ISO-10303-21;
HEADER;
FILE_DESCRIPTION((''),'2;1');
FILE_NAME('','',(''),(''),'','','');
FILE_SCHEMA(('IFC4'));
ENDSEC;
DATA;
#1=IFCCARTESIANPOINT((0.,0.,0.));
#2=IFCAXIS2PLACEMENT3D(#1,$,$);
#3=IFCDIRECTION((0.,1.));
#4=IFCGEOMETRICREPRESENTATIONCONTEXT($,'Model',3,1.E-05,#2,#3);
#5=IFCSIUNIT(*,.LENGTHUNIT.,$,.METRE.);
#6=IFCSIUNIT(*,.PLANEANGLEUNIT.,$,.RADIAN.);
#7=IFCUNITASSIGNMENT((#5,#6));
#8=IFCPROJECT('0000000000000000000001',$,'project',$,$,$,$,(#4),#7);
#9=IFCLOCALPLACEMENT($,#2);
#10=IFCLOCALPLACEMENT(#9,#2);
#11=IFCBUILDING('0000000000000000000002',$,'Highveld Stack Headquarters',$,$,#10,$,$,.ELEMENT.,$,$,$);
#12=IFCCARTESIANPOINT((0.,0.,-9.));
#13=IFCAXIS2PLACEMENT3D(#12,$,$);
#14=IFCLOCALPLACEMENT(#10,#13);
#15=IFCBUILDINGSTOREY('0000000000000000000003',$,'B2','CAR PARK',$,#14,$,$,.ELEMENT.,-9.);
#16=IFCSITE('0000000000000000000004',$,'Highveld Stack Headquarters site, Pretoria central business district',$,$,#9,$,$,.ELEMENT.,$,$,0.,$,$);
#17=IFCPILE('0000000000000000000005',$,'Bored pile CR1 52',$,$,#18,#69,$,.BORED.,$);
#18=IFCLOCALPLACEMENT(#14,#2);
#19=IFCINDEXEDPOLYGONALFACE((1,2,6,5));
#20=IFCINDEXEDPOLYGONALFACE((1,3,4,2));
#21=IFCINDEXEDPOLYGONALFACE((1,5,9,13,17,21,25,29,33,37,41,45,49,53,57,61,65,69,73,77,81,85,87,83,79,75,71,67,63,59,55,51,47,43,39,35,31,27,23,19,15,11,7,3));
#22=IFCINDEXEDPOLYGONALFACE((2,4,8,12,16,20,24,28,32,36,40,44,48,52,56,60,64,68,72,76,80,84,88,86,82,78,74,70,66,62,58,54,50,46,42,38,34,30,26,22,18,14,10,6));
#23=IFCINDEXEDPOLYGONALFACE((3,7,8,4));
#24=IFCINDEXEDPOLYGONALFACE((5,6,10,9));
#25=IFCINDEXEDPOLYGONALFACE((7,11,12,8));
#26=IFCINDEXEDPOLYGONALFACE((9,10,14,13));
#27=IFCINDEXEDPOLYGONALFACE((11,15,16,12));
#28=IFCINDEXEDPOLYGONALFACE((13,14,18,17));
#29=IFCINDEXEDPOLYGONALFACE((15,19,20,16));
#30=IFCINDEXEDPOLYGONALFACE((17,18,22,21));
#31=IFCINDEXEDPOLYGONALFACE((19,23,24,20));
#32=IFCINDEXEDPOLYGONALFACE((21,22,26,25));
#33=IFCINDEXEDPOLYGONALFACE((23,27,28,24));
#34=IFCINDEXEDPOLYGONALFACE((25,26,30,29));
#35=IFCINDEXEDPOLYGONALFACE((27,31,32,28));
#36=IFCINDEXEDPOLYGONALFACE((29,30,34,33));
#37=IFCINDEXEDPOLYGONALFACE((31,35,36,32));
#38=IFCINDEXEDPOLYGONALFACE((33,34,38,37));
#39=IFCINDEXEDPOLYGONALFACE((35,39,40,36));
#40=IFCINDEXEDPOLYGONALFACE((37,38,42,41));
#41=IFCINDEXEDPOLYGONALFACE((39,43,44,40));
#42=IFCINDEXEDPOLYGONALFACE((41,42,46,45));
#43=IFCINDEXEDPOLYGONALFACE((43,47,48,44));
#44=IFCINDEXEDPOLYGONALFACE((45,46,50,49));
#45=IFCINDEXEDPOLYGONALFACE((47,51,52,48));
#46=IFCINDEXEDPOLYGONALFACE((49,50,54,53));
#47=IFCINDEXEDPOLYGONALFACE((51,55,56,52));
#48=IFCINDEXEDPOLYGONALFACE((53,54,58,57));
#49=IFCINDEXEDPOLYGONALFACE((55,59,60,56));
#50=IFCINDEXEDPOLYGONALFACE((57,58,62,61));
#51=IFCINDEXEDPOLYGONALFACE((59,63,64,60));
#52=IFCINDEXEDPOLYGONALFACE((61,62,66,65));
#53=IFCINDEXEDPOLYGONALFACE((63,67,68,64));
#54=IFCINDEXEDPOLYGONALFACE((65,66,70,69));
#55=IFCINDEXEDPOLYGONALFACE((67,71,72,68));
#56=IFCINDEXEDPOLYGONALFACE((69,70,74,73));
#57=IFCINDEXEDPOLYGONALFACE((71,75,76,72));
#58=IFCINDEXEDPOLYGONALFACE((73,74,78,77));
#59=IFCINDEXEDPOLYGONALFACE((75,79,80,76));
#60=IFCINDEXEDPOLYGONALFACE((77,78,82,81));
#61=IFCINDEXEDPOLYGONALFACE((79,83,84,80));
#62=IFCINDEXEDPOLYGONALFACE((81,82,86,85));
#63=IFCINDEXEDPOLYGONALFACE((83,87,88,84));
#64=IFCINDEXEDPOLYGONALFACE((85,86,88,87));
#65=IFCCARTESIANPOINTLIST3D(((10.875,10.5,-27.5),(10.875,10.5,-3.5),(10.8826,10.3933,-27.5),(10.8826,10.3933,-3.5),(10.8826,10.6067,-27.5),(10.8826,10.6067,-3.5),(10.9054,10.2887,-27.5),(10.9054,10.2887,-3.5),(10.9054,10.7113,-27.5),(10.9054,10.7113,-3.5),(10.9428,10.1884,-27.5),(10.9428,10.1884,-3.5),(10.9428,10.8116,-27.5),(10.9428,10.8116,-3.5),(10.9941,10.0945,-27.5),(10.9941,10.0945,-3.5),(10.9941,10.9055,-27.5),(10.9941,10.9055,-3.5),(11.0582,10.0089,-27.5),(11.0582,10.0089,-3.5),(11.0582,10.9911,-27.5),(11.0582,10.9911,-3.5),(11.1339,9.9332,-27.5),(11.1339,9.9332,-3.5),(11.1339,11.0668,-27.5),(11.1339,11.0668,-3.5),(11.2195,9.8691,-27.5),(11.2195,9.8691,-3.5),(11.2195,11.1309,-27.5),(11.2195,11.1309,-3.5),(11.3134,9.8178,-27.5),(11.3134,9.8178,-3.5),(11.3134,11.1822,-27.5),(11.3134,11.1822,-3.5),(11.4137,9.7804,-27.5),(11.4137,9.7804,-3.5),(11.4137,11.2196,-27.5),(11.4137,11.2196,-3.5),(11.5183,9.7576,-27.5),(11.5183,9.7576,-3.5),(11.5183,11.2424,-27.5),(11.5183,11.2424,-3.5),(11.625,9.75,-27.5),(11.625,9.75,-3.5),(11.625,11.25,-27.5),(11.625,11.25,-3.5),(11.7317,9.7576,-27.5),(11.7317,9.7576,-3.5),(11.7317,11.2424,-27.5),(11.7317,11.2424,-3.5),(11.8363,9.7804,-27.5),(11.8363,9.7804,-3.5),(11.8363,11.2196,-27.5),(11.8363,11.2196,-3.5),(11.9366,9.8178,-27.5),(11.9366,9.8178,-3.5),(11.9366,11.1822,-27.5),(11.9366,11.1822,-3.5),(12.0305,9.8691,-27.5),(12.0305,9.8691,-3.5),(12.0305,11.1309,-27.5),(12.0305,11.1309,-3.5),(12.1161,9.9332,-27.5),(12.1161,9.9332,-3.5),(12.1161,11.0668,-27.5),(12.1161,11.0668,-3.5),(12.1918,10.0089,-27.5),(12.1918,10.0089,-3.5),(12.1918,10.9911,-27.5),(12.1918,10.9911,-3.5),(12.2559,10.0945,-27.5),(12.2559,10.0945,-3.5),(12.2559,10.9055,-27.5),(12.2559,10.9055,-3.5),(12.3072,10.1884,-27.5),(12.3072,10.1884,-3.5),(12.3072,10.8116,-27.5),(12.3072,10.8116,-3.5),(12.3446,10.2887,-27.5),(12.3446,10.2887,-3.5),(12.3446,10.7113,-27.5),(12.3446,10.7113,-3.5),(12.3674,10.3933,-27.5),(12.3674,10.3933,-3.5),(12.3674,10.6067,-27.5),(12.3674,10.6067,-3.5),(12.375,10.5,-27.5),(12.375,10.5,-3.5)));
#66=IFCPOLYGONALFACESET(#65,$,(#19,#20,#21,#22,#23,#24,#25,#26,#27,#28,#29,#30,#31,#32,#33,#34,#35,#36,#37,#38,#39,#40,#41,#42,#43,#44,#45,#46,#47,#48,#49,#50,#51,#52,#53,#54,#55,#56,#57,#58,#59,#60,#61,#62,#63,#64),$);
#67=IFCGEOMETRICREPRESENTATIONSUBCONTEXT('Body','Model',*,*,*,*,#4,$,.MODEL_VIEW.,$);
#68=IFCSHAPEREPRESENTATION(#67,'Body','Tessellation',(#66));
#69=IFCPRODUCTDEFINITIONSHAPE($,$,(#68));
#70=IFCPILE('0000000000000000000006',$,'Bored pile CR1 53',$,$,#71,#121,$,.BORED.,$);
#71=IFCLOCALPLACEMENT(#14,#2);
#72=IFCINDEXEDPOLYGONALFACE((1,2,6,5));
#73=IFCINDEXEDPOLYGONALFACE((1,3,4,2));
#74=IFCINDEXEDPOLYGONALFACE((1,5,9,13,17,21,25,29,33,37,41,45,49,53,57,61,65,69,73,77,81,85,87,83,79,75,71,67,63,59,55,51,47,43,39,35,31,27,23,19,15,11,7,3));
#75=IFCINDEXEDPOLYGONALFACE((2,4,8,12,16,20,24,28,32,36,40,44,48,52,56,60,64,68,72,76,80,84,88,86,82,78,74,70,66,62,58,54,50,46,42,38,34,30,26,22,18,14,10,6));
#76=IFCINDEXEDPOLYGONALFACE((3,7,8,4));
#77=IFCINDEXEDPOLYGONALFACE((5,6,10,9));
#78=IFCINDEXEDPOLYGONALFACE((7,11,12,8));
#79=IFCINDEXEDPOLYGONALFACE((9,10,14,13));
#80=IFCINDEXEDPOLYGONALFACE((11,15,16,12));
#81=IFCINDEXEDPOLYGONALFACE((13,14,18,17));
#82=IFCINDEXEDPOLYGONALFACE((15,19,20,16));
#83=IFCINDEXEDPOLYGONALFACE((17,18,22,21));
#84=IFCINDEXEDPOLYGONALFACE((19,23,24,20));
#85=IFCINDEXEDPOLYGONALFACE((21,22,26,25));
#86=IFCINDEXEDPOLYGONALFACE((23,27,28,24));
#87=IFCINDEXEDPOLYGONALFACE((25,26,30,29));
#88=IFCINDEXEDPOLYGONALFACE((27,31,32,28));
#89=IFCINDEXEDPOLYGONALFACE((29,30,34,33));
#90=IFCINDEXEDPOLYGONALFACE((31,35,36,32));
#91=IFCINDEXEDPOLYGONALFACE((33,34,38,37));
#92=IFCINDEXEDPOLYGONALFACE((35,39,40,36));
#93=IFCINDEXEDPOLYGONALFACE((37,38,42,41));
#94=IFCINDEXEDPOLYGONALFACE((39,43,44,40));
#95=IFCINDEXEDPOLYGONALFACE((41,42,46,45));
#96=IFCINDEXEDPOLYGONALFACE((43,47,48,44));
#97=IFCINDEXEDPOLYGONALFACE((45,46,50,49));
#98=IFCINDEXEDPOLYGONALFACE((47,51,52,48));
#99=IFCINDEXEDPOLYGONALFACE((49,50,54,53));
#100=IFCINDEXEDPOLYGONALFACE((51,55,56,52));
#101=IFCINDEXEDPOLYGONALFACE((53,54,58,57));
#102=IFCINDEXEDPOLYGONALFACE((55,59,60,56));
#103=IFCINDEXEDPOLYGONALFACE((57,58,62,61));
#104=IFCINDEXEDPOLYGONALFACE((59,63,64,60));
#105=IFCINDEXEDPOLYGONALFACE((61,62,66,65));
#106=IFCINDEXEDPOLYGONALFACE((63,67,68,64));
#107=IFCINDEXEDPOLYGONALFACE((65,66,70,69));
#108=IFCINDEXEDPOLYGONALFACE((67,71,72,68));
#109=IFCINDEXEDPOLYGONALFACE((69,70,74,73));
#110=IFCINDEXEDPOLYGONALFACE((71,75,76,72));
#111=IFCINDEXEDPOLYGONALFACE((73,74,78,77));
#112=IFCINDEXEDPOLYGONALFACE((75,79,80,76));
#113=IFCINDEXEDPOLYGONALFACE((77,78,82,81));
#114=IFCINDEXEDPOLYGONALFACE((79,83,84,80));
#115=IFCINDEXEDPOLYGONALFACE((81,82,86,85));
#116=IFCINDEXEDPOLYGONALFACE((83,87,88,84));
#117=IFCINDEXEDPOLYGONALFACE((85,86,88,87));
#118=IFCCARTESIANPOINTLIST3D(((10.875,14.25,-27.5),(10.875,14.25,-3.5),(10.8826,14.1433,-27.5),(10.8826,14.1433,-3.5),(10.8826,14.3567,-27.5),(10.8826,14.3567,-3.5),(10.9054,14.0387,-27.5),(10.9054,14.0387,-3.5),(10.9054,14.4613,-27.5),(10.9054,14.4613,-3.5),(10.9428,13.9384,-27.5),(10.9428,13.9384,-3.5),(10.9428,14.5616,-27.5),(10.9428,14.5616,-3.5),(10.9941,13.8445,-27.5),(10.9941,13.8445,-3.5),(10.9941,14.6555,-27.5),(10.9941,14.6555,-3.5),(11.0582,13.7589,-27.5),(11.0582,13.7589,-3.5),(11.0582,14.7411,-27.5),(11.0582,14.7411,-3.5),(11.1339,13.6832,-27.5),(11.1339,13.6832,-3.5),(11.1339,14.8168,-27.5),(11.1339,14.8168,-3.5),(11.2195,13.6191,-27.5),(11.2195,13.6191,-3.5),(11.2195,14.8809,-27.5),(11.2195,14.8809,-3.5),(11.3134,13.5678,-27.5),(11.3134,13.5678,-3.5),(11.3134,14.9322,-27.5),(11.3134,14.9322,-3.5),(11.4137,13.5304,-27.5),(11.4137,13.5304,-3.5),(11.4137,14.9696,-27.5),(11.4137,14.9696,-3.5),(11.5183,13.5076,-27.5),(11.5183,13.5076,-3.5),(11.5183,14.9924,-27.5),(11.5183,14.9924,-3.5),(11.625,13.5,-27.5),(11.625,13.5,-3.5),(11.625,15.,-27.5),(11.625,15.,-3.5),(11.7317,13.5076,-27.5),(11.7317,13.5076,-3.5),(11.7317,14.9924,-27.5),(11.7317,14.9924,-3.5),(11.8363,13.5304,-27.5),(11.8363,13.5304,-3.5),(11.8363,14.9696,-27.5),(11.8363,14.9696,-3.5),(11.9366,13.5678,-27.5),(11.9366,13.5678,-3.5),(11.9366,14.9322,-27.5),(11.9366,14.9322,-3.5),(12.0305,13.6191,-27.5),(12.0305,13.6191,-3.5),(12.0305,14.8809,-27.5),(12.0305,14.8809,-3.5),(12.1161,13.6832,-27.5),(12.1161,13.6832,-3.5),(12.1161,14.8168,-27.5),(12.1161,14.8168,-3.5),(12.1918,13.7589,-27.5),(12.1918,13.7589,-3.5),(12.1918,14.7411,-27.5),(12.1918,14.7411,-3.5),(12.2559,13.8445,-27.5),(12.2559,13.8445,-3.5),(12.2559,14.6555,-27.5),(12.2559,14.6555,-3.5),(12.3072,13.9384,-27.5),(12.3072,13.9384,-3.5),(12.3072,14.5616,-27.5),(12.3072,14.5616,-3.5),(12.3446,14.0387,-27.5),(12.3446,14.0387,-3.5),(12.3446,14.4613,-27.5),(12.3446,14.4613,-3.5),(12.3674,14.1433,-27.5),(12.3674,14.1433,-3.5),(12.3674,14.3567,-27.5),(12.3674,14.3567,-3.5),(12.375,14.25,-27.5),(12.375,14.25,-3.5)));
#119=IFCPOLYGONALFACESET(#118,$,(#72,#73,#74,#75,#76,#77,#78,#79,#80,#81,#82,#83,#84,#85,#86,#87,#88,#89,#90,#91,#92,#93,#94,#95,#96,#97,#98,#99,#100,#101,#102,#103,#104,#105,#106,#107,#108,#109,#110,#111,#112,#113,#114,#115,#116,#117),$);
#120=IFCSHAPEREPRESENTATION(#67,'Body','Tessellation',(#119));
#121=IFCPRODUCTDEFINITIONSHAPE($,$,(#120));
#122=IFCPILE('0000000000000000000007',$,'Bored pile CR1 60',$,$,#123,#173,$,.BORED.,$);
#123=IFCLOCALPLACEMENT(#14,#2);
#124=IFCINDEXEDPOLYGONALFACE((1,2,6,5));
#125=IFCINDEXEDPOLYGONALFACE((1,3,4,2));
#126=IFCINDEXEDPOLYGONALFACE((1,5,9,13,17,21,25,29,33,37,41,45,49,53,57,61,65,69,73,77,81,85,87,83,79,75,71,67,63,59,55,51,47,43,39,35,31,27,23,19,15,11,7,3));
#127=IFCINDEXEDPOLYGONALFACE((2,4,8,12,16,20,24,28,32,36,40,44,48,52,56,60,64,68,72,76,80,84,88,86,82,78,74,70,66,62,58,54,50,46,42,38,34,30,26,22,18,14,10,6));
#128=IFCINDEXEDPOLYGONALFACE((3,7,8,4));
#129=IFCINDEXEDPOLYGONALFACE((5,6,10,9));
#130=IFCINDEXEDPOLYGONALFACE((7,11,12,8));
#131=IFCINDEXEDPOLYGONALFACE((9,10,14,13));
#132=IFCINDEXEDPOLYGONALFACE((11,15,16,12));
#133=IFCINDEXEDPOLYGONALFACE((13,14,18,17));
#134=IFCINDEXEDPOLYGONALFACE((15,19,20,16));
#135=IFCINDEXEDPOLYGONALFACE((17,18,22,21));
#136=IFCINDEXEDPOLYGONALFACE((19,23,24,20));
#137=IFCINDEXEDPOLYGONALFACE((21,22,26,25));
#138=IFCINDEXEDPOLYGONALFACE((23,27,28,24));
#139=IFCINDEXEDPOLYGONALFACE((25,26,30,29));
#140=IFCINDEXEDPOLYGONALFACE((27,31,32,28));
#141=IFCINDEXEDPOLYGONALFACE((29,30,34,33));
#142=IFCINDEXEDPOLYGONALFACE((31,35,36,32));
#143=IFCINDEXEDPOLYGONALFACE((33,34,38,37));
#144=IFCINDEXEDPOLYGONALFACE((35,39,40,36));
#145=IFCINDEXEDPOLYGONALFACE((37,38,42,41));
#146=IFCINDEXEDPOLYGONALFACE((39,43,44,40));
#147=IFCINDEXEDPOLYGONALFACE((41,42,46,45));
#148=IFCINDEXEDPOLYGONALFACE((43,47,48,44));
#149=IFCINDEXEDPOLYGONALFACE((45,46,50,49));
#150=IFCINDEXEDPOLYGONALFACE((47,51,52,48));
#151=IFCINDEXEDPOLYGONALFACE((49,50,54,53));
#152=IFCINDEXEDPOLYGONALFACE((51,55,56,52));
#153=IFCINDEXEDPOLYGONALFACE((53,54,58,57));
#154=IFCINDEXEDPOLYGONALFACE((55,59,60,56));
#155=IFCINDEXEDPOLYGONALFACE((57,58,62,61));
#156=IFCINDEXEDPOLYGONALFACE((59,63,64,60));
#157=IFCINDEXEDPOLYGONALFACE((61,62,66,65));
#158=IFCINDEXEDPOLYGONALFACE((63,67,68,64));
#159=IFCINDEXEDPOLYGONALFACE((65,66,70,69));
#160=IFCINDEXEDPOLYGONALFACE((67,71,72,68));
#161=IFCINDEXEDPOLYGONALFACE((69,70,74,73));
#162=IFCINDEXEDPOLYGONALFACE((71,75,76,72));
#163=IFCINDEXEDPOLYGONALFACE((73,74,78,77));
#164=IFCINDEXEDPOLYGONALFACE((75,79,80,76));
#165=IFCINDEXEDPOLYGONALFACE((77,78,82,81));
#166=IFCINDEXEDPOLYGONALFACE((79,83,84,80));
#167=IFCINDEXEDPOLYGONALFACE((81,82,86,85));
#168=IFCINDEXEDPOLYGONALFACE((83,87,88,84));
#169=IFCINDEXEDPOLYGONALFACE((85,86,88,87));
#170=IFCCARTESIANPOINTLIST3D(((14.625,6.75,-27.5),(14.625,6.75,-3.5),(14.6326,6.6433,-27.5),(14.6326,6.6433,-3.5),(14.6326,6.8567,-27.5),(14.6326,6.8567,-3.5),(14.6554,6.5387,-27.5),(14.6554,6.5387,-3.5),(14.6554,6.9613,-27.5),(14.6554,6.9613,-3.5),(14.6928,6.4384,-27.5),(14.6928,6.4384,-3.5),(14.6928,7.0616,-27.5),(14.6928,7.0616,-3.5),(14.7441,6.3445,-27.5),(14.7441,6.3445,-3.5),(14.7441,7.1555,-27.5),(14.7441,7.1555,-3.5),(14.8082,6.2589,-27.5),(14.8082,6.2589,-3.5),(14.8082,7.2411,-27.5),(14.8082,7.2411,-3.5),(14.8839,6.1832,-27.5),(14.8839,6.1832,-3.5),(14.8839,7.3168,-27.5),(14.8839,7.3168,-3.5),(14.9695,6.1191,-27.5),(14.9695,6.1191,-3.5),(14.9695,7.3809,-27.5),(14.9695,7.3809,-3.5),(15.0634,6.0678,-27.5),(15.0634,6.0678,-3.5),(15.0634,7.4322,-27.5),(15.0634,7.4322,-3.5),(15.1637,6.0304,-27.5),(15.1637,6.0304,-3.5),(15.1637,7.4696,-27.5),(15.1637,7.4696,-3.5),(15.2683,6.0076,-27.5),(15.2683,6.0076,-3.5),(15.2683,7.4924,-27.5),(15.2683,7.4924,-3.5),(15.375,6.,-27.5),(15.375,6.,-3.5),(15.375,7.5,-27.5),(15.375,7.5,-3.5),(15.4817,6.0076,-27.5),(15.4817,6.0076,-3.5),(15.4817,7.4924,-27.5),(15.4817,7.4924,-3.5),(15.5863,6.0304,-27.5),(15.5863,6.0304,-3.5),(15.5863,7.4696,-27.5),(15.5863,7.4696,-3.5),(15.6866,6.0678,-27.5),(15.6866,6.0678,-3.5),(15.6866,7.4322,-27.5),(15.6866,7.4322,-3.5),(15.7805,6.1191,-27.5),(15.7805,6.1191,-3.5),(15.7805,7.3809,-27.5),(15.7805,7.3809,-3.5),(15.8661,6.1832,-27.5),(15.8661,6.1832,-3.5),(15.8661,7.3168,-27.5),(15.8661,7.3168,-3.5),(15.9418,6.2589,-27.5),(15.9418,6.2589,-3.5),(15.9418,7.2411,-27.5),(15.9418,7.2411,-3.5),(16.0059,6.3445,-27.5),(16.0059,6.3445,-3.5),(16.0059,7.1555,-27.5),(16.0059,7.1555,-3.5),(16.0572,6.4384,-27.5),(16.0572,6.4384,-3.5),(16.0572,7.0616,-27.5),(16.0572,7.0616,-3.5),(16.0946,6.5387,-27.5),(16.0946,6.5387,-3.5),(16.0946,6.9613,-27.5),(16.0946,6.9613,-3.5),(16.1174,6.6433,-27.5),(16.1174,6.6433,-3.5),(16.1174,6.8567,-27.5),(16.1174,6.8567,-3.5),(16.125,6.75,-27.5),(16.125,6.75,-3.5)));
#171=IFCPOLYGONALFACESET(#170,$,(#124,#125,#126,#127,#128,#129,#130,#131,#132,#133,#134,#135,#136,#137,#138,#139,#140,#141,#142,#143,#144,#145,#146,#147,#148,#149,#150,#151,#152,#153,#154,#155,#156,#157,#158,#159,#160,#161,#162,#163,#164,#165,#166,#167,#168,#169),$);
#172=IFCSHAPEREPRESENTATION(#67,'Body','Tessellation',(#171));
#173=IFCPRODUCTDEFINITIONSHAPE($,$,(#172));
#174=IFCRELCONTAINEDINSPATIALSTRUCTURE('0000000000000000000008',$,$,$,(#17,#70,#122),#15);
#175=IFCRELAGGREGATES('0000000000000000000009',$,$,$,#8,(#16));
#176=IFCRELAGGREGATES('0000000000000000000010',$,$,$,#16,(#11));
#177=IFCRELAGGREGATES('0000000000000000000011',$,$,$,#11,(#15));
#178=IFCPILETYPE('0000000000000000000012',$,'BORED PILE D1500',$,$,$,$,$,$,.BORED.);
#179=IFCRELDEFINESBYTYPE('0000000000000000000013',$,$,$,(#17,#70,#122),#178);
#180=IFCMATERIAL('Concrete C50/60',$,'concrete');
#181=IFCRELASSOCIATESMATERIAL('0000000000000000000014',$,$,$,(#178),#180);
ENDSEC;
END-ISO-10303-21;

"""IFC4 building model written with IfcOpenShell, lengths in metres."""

from ifc_helpers import new_model, si_unit, direction, frame, origin, origin_2d, place, context, subcontext, project, spatial, circle, extrude, material, type_object, element, save


model = new_model("IFC4")

# Units and contexts
model_context = context("Model", 3, precision=1e-05, world=origin(), true_north=direction((0.0, 1.0)))
body_context = subcontext(model_context, "Body", "Model", "MODEL_VIEW")
ifc_project = project(units=[si_unit("LENGTHUNIT", "METRE"), si_unit("PLANEANGLEUNIT", "RADIAN")], contexts=[model_context])

# Site, building, storey
site_placement = place(None, origin())
site = spatial("IfcSite", under=ifc_project, at=site_placement, Name="Highveld Stack Headquarters site, Pretoria central business district", CompositionType="ELEMENT", RefElevation=0.0)
building_placement = place(site_placement, origin())
building = spatial("IfcBuilding", under=site, at=building_placement, Name="Highveld Stack Headquarters", CompositionType="ELEMENT")
storey_placement = place(building_placement, frame((0.0, 0.0, -9.0)))
storey = spatial("IfcBuildingStorey", under=building, at=storey_placement, Name="B2", Description="CAR PARK", CompositionType="ELEMENT", Elevation=-9.0)

# Piles
ifc_material_1 = material(Name="Concrete C50/60", Category="concrete")
pile_type = type_object("IfcPileType", Name="BORED PILE D1500", PredefinedType="BORED", material=ifc_material_1)
for number, where, z_axis, x_axis, name in (
    (1, (11.625, 10.5, -3.5), (0.0, 0.0, -1.0), (1.0, 0.0, 0.0), "Bored pile CR1 52"),
    (2, (11.625, 14.25, -3.5), (0.0, 0.0, -1.0), (1.0, 0.0, 0.0), "Bored pile CR1 53"),
    (3, (15.375, 6.75, -3.5), (0.0, 0.0, -1.0), (1.0, 0.0, 0.0), "Bored pile CR1 60"),
):
    element("IfcPile", number, at=place(storey_placement, frame(where, z_axis=z_axis, x_axis=x_axis)), inside=storey, type_object=pile_type, Name=name, PredefinedType="BORED", context=body_context, shape_type="SweptSolid", body=[
        extrude(circle(Radius=0.75, at=origin_2d()), origin(), (0.0, 0.0, 1.0), 24.0),
    ])

save(model, "model.ifc")
